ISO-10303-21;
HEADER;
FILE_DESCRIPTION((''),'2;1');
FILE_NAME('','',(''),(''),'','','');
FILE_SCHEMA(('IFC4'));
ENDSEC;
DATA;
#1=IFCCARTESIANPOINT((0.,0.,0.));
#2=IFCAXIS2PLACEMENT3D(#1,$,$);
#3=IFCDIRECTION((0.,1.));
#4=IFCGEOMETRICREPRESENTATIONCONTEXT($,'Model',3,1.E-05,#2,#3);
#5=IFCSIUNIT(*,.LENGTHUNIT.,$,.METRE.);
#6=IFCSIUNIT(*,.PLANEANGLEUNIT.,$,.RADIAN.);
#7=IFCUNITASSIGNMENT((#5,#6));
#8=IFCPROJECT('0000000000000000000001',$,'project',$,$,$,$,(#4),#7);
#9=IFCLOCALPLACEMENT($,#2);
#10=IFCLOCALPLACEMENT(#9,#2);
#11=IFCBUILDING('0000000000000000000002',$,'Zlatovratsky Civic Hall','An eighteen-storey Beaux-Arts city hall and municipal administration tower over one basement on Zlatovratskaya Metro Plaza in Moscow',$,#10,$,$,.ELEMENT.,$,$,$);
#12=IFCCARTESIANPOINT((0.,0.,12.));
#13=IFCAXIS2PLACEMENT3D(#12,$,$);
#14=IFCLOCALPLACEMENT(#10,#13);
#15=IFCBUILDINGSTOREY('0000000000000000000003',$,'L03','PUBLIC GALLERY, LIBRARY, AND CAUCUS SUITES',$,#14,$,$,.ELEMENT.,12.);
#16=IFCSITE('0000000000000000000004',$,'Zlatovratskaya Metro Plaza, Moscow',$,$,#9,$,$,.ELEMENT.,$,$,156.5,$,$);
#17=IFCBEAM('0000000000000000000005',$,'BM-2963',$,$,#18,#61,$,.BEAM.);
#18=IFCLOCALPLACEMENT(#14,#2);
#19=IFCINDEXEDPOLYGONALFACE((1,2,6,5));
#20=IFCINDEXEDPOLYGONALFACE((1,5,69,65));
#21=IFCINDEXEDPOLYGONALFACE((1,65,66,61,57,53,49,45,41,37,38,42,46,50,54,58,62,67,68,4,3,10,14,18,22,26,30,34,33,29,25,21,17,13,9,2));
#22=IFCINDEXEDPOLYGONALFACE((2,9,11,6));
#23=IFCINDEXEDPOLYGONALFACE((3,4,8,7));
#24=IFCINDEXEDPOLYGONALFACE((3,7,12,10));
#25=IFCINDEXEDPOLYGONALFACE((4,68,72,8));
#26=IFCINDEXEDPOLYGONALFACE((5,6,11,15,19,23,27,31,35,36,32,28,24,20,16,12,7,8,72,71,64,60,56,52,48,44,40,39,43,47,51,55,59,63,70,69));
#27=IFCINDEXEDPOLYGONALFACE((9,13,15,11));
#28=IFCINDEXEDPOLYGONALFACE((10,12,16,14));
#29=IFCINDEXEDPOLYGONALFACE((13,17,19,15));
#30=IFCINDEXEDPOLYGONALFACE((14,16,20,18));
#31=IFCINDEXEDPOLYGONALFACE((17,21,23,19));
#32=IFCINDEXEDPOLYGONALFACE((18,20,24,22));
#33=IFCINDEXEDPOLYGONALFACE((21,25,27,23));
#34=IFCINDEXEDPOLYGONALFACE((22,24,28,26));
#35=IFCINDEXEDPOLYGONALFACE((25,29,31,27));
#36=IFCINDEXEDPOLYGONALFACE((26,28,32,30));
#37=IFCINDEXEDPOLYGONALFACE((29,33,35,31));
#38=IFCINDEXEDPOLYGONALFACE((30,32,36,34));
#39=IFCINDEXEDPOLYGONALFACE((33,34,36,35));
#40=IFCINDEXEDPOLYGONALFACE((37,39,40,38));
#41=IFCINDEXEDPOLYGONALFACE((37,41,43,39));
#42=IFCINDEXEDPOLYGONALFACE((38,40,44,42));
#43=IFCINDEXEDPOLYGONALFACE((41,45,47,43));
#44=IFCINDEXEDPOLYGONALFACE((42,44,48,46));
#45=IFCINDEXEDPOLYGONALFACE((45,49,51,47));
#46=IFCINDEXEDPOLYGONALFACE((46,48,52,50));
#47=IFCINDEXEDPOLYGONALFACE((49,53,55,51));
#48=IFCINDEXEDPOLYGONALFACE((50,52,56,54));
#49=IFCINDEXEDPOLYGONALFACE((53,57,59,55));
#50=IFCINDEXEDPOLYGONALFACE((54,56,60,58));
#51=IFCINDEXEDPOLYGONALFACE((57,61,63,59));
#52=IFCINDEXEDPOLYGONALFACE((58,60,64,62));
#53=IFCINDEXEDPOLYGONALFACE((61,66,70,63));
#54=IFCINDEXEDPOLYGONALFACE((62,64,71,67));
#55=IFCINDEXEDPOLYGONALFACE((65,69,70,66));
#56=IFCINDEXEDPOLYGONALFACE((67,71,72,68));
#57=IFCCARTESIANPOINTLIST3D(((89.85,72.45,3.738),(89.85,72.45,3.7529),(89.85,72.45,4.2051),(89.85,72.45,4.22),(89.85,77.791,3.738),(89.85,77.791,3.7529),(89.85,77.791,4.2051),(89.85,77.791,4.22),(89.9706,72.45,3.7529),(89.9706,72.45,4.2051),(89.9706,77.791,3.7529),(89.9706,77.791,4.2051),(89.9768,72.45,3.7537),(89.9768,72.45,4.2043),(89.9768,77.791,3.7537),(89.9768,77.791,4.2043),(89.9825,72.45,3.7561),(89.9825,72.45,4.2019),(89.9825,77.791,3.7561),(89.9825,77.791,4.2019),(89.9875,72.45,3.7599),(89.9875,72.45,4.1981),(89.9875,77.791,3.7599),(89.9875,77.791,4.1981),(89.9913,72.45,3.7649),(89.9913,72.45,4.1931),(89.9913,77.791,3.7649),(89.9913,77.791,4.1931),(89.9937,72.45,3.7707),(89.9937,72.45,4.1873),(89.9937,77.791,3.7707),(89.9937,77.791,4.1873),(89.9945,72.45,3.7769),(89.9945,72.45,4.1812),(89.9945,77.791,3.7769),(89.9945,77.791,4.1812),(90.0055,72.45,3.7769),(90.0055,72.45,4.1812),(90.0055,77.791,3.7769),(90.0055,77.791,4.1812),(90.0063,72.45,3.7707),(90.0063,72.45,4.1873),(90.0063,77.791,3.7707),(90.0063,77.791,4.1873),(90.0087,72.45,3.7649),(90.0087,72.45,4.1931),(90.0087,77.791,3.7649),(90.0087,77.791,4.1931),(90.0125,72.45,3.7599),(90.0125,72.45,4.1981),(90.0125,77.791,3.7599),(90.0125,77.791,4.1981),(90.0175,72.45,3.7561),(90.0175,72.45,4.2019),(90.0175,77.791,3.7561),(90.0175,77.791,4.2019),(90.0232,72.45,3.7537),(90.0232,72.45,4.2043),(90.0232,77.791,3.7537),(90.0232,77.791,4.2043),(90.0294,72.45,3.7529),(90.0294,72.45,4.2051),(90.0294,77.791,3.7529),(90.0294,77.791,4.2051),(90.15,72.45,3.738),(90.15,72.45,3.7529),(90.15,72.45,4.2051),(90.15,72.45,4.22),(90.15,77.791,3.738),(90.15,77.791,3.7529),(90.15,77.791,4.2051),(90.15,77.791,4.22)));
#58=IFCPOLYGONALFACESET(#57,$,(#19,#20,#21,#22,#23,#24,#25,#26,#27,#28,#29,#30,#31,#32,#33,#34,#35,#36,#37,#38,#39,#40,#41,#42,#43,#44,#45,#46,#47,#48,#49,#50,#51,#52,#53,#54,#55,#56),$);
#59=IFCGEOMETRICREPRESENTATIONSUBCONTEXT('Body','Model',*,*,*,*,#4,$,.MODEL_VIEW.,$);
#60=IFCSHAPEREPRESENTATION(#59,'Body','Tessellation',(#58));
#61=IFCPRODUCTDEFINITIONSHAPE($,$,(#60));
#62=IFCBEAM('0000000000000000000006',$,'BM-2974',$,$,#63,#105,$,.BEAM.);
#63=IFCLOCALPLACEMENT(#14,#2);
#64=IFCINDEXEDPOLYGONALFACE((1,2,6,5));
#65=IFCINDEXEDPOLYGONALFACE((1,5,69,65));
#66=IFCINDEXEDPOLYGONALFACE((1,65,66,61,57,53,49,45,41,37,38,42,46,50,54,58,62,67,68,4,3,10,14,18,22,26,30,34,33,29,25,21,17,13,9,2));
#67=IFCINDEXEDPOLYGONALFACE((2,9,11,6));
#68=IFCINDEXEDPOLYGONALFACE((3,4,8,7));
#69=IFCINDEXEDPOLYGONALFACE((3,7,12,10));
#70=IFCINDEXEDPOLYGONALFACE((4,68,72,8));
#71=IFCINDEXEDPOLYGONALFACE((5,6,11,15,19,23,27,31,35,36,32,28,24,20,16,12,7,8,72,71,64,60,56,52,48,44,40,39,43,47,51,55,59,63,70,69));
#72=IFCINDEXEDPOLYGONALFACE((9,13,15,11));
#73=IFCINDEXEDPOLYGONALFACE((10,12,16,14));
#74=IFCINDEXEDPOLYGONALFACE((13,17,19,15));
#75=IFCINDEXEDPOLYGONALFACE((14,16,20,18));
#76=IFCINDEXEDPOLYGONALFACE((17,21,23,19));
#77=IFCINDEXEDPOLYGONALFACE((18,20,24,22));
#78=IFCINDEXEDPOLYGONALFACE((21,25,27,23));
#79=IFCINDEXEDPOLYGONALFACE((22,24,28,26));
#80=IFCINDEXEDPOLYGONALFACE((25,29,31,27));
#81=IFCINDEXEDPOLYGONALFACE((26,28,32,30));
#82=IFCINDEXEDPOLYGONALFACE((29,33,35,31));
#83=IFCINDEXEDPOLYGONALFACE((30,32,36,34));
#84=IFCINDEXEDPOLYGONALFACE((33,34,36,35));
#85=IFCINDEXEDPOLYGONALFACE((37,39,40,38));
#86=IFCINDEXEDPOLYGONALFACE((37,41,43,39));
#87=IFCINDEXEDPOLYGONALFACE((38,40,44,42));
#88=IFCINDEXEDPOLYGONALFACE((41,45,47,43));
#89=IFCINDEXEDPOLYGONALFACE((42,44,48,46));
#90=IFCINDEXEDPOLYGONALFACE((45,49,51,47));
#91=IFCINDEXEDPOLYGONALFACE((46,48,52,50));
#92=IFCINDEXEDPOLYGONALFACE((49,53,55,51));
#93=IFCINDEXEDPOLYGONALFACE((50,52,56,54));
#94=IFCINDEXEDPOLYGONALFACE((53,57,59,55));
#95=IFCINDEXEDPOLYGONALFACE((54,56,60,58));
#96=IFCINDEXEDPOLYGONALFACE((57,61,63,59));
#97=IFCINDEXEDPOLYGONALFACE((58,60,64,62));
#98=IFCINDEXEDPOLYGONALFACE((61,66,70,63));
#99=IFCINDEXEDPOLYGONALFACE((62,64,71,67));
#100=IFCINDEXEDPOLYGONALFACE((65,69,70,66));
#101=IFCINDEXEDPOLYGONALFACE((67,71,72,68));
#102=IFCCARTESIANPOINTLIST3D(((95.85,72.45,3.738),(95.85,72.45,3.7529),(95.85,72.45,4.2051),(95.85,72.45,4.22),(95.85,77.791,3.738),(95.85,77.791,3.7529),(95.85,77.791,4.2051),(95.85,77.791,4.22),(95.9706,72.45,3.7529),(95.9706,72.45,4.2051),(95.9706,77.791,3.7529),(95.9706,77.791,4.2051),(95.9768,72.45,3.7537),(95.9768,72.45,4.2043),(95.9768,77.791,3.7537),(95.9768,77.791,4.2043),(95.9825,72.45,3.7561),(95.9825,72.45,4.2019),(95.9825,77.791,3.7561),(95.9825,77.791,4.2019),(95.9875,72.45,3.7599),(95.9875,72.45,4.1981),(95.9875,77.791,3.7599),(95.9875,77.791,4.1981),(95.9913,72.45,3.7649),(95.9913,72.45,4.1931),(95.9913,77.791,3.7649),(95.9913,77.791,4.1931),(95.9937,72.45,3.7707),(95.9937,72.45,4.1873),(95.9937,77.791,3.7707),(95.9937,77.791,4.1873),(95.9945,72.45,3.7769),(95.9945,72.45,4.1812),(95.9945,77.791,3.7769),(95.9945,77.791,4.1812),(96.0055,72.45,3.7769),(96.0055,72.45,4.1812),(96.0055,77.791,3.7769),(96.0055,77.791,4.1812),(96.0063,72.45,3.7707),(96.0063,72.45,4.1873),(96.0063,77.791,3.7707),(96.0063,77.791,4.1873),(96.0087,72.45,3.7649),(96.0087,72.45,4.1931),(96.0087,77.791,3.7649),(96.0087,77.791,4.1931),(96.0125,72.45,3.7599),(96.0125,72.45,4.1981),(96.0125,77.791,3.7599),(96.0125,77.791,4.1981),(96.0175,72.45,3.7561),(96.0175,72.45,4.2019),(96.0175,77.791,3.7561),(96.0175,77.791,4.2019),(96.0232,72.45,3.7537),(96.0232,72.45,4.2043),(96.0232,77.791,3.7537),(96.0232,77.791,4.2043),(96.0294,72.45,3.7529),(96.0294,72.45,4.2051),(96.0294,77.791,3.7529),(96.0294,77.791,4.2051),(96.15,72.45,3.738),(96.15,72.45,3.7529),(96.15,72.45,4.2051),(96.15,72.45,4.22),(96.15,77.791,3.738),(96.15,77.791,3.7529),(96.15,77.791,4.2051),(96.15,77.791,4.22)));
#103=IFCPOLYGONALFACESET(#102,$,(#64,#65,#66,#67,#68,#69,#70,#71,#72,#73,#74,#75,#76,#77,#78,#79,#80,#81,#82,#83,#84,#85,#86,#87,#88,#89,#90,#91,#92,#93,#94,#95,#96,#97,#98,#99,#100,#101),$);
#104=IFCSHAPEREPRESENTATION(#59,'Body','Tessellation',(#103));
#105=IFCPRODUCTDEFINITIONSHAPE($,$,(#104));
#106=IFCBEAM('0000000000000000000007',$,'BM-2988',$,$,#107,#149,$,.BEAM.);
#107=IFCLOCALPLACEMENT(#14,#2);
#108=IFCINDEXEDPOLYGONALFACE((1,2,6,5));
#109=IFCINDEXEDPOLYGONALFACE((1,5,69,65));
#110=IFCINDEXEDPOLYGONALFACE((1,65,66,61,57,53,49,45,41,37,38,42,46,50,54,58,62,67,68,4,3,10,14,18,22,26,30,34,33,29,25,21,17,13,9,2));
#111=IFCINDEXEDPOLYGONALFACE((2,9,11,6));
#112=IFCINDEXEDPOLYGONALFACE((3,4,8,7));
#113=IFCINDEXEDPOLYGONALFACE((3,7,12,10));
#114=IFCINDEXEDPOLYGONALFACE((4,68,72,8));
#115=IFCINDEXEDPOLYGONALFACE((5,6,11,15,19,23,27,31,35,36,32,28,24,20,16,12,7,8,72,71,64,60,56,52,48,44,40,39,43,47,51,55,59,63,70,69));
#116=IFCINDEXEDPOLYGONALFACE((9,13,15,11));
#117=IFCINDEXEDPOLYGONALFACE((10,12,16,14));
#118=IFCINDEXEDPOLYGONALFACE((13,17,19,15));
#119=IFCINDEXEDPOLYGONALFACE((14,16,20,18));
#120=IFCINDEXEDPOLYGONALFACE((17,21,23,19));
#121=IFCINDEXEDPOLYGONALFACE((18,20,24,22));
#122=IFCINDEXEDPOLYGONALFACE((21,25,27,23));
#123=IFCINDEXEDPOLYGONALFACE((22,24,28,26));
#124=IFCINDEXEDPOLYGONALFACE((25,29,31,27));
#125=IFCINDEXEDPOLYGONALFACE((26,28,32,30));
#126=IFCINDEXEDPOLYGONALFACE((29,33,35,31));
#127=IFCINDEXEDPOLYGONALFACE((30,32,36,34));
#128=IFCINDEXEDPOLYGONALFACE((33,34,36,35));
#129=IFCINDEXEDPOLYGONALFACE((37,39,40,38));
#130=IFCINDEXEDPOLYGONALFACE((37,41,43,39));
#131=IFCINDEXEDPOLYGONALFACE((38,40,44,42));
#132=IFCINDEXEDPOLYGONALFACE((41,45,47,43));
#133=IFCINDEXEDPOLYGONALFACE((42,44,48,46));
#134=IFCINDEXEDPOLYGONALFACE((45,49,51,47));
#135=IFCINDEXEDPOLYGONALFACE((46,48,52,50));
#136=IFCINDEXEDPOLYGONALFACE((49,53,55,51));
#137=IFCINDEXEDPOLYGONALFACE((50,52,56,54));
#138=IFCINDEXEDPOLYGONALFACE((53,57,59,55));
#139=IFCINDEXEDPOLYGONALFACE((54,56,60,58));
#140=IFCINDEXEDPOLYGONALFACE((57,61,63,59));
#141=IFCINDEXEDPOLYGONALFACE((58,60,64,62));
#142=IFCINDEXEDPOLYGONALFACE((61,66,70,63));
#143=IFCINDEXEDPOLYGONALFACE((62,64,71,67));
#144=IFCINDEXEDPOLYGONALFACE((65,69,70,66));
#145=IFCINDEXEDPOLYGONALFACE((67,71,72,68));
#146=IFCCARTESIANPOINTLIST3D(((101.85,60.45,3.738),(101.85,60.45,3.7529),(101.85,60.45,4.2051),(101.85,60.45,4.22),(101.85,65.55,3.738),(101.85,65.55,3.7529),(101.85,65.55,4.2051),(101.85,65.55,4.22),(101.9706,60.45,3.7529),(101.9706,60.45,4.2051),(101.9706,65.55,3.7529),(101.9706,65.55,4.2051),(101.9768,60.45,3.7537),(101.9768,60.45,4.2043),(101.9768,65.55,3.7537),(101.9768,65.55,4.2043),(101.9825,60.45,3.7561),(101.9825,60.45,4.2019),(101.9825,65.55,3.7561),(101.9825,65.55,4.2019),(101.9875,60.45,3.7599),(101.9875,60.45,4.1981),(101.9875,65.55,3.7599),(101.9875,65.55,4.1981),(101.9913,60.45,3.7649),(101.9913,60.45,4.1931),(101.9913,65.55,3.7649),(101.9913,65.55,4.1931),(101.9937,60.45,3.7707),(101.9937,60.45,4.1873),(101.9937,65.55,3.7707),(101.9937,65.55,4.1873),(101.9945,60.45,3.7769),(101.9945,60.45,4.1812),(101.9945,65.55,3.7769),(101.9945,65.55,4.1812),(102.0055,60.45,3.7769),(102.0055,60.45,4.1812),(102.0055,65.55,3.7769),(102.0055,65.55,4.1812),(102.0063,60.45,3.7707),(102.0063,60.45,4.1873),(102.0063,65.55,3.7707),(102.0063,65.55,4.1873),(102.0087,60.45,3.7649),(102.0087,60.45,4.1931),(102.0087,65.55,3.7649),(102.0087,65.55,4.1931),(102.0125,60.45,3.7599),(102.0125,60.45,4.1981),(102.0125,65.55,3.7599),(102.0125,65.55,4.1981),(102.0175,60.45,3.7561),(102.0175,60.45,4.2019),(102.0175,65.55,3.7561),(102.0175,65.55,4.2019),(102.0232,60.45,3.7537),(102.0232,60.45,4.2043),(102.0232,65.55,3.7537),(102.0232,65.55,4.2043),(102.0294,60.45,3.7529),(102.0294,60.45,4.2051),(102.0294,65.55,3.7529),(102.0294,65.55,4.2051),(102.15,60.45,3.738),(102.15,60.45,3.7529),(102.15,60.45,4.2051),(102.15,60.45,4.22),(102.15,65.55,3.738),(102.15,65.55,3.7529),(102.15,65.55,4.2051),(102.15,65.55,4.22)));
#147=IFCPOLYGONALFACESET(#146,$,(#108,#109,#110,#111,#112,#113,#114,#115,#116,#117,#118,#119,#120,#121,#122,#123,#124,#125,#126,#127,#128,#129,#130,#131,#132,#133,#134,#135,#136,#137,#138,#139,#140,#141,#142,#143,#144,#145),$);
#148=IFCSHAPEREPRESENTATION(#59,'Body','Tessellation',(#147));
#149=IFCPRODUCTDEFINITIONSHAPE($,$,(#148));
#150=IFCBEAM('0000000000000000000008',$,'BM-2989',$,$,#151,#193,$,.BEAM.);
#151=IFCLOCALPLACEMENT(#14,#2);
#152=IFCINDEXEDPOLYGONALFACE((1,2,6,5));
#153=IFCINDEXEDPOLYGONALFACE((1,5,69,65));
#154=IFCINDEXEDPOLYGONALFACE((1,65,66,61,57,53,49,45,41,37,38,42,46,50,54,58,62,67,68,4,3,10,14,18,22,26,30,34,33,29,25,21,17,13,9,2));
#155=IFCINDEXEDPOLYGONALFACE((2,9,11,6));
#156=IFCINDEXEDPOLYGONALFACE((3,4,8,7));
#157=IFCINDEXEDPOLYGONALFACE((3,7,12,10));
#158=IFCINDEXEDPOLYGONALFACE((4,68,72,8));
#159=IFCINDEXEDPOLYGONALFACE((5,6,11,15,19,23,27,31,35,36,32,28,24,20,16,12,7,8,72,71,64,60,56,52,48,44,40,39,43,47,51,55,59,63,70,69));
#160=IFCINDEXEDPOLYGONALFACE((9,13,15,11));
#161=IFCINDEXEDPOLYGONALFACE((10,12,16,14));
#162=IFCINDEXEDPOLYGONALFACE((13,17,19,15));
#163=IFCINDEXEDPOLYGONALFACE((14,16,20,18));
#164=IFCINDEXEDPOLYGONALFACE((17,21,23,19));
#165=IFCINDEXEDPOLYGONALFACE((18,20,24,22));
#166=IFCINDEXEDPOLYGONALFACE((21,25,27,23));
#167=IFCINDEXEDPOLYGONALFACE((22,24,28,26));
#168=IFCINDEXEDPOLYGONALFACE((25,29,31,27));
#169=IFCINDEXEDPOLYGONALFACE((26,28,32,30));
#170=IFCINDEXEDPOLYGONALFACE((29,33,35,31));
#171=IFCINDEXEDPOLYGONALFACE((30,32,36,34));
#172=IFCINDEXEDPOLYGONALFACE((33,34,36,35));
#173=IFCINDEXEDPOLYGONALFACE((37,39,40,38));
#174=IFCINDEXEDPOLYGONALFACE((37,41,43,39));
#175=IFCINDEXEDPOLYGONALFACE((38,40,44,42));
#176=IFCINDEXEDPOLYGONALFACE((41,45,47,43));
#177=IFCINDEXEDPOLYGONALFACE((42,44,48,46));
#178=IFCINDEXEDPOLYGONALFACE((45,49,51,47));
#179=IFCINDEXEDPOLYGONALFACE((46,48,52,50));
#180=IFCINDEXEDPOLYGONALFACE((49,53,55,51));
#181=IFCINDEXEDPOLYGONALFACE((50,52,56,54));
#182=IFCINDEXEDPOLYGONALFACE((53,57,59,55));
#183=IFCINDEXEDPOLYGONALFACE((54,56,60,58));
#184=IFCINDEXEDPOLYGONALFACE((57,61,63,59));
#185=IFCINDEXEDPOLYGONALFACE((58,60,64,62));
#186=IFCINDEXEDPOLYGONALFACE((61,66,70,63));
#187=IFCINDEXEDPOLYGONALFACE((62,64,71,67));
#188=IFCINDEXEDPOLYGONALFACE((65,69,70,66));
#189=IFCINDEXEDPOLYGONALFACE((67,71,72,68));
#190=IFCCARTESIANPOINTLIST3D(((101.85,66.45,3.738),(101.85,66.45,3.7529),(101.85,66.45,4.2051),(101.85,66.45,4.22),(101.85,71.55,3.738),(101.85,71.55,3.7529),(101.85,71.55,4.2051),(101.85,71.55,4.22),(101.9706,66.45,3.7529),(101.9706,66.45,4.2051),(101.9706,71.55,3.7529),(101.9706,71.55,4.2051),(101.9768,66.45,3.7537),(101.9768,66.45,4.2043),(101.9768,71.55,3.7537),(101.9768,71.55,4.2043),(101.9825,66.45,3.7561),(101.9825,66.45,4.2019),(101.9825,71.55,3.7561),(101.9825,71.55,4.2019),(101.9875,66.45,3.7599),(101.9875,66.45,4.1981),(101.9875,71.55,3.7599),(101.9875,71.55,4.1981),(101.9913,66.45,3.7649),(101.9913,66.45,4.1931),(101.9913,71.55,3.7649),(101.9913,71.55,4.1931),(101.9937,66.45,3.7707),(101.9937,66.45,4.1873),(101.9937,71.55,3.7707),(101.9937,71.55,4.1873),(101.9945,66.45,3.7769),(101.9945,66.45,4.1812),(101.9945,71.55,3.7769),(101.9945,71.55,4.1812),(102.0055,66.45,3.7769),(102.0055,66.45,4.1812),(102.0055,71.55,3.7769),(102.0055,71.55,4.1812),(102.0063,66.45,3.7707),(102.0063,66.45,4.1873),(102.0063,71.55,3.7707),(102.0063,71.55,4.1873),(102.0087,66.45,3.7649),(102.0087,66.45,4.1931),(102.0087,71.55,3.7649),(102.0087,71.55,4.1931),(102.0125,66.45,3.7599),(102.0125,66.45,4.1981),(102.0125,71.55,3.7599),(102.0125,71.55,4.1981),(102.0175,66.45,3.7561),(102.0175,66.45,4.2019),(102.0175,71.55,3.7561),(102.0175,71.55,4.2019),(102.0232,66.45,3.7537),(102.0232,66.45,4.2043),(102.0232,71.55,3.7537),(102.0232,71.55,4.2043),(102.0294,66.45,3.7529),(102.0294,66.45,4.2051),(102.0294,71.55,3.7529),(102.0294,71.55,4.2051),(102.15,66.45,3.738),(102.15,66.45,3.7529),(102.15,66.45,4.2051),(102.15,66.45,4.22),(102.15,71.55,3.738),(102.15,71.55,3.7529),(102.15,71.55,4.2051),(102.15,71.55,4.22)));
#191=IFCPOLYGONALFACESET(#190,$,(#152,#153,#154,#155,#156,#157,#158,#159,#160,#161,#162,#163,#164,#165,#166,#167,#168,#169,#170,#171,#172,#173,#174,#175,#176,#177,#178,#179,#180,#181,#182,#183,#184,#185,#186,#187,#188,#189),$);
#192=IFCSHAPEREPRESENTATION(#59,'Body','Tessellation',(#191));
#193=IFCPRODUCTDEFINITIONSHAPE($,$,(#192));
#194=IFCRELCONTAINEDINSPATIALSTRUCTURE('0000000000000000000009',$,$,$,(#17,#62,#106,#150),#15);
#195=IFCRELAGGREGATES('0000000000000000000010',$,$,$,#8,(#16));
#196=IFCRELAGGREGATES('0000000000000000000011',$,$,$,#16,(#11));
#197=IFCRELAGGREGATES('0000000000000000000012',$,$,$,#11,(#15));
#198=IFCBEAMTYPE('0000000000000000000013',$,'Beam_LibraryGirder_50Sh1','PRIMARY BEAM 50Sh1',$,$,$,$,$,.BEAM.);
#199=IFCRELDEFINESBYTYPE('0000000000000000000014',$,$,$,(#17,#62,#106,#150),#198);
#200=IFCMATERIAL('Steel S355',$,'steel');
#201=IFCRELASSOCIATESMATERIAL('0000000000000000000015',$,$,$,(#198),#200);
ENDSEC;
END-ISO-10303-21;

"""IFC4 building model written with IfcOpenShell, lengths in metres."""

from ifc_helpers import new_model, si_unit, direction, frame, origin, origin_2d, place, context, subcontext, project, spatial, i_section, extrude, material, material_profile, profile_set, type_object, element, save


model = new_model("IFC4")

# Units and contexts
model_context = context("Model", 3, precision=1e-05, world=origin(), true_north=direction((0.0, 1.0)))
body_context = subcontext(model_context, "Body", "Model", "MODEL_VIEW")
ifc_project = project(units=[si_unit("LENGTHUNIT", "METRE"), si_unit("PLANEANGLEUNIT", "RADIAN")], contexts=[model_context])

# Site, building, storey
site_placement = place(None, origin())
site = spatial("IfcSite", under=ifc_project, at=site_placement, Name="Zlatovratskaya Metro Plaza, Moscow", CompositionType="ELEMENT", RefElevation=156.5)
building_placement = place(site_placement, origin())
building = spatial("IfcBuilding", under=site, at=building_placement, Name="Zlatovratsky Civic Hall", Description="An eighteen-storey Beaux-Arts city hall and municipal administration tower over one basement on Zlatovratskaya Metro Plaza in Moscow", CompositionType="ELEMENT")
storey_placement = place(building_placement, frame((0.0, 0.0, 12.0)))
storey = spatial("IfcBuildingStorey", under=building, at=storey_placement, Name="L03", Description="PUBLIC GALLERY, LIBRARY, AND CAUCUS SUITES", CompositionType="ELEMENT", Elevation=12.0)

# Shared definitions
ifc_material_1 = material(Name="Steel S355", Category="steel")

# Beams
ifc_material_profile_1 = material_profile(ifc_material_1, i_section(OverallWidth=0.3, OverallDepth=0.4819, WebThickness=0.011, FlangeThickness=0.0149, FilletRadius=0.0239, at=origin_2d()), Name="50Sh1")
ifc_profile_set_1 = profile_set([ifc_material_profile_1], Name="Steel S355")
beam_type = type_object("IfcBeamType", Name="Beam_LibraryGirder_50Sh1", Description="PRIMARY BEAM 50Sh1", PredefinedType="BEAM", material=ifc_profile_set_1)
for number, where, z_axis, x_axis, name in (
    (1, (90.0, 72.45, 3.979), (0.0, 1.0, 0.0), (-1.0, 0.0, 0.0), "BM-2963"),
    (2, (96.0, 72.45, 3.979), (0.0, 1.0, 0.0), (-1.0, 0.0, 0.0), "BM-2974"),
):
    element("IfcBeam", number, at=place(storey_placement, frame(where, z_axis=z_axis, x_axis=x_axis)), inside=storey, type_object=beam_type, Name=name, PredefinedType="BEAM", context=body_context, shape_type="SweptSolid", body=[
        extrude(i_section(OverallWidth=0.3, OverallDepth=0.4819, WebThickness=0.011, FlangeThickness=0.0149, FilletRadius=0.0239, at=origin_2d()), origin(), (0.0, 0.0, 1.0), 5.3411),
    ])
for number, where, z_axis, x_axis, name in (
    (3, (102.0, 60.45, 3.979), (0.0, 1.0, 0.0), (-1.0, 0.0, 0.0), "BM-2988"),
    (4, (102.0, 66.45, 3.979), (0.0, 1.0, 0.0), (-1.0, 0.0, 0.0), "BM-2989"),
):
    element("IfcBeam", number, at=place(storey_placement, frame(where, z_axis=z_axis, x_axis=x_axis)), inside=storey, type_object=beam_type, Name=name, PredefinedType="BEAM", context=body_context, shape_type="SweptSolid", body=[
        extrude(i_section(OverallWidth=0.3, OverallDepth=0.4819, WebThickness=0.011, FlangeThickness=0.0149, FilletRadius=0.0239, at=origin_2d()), origin(), (0.0, 0.0, 1.0), 5.1001),
    ])

save(model, "model.ifc")
